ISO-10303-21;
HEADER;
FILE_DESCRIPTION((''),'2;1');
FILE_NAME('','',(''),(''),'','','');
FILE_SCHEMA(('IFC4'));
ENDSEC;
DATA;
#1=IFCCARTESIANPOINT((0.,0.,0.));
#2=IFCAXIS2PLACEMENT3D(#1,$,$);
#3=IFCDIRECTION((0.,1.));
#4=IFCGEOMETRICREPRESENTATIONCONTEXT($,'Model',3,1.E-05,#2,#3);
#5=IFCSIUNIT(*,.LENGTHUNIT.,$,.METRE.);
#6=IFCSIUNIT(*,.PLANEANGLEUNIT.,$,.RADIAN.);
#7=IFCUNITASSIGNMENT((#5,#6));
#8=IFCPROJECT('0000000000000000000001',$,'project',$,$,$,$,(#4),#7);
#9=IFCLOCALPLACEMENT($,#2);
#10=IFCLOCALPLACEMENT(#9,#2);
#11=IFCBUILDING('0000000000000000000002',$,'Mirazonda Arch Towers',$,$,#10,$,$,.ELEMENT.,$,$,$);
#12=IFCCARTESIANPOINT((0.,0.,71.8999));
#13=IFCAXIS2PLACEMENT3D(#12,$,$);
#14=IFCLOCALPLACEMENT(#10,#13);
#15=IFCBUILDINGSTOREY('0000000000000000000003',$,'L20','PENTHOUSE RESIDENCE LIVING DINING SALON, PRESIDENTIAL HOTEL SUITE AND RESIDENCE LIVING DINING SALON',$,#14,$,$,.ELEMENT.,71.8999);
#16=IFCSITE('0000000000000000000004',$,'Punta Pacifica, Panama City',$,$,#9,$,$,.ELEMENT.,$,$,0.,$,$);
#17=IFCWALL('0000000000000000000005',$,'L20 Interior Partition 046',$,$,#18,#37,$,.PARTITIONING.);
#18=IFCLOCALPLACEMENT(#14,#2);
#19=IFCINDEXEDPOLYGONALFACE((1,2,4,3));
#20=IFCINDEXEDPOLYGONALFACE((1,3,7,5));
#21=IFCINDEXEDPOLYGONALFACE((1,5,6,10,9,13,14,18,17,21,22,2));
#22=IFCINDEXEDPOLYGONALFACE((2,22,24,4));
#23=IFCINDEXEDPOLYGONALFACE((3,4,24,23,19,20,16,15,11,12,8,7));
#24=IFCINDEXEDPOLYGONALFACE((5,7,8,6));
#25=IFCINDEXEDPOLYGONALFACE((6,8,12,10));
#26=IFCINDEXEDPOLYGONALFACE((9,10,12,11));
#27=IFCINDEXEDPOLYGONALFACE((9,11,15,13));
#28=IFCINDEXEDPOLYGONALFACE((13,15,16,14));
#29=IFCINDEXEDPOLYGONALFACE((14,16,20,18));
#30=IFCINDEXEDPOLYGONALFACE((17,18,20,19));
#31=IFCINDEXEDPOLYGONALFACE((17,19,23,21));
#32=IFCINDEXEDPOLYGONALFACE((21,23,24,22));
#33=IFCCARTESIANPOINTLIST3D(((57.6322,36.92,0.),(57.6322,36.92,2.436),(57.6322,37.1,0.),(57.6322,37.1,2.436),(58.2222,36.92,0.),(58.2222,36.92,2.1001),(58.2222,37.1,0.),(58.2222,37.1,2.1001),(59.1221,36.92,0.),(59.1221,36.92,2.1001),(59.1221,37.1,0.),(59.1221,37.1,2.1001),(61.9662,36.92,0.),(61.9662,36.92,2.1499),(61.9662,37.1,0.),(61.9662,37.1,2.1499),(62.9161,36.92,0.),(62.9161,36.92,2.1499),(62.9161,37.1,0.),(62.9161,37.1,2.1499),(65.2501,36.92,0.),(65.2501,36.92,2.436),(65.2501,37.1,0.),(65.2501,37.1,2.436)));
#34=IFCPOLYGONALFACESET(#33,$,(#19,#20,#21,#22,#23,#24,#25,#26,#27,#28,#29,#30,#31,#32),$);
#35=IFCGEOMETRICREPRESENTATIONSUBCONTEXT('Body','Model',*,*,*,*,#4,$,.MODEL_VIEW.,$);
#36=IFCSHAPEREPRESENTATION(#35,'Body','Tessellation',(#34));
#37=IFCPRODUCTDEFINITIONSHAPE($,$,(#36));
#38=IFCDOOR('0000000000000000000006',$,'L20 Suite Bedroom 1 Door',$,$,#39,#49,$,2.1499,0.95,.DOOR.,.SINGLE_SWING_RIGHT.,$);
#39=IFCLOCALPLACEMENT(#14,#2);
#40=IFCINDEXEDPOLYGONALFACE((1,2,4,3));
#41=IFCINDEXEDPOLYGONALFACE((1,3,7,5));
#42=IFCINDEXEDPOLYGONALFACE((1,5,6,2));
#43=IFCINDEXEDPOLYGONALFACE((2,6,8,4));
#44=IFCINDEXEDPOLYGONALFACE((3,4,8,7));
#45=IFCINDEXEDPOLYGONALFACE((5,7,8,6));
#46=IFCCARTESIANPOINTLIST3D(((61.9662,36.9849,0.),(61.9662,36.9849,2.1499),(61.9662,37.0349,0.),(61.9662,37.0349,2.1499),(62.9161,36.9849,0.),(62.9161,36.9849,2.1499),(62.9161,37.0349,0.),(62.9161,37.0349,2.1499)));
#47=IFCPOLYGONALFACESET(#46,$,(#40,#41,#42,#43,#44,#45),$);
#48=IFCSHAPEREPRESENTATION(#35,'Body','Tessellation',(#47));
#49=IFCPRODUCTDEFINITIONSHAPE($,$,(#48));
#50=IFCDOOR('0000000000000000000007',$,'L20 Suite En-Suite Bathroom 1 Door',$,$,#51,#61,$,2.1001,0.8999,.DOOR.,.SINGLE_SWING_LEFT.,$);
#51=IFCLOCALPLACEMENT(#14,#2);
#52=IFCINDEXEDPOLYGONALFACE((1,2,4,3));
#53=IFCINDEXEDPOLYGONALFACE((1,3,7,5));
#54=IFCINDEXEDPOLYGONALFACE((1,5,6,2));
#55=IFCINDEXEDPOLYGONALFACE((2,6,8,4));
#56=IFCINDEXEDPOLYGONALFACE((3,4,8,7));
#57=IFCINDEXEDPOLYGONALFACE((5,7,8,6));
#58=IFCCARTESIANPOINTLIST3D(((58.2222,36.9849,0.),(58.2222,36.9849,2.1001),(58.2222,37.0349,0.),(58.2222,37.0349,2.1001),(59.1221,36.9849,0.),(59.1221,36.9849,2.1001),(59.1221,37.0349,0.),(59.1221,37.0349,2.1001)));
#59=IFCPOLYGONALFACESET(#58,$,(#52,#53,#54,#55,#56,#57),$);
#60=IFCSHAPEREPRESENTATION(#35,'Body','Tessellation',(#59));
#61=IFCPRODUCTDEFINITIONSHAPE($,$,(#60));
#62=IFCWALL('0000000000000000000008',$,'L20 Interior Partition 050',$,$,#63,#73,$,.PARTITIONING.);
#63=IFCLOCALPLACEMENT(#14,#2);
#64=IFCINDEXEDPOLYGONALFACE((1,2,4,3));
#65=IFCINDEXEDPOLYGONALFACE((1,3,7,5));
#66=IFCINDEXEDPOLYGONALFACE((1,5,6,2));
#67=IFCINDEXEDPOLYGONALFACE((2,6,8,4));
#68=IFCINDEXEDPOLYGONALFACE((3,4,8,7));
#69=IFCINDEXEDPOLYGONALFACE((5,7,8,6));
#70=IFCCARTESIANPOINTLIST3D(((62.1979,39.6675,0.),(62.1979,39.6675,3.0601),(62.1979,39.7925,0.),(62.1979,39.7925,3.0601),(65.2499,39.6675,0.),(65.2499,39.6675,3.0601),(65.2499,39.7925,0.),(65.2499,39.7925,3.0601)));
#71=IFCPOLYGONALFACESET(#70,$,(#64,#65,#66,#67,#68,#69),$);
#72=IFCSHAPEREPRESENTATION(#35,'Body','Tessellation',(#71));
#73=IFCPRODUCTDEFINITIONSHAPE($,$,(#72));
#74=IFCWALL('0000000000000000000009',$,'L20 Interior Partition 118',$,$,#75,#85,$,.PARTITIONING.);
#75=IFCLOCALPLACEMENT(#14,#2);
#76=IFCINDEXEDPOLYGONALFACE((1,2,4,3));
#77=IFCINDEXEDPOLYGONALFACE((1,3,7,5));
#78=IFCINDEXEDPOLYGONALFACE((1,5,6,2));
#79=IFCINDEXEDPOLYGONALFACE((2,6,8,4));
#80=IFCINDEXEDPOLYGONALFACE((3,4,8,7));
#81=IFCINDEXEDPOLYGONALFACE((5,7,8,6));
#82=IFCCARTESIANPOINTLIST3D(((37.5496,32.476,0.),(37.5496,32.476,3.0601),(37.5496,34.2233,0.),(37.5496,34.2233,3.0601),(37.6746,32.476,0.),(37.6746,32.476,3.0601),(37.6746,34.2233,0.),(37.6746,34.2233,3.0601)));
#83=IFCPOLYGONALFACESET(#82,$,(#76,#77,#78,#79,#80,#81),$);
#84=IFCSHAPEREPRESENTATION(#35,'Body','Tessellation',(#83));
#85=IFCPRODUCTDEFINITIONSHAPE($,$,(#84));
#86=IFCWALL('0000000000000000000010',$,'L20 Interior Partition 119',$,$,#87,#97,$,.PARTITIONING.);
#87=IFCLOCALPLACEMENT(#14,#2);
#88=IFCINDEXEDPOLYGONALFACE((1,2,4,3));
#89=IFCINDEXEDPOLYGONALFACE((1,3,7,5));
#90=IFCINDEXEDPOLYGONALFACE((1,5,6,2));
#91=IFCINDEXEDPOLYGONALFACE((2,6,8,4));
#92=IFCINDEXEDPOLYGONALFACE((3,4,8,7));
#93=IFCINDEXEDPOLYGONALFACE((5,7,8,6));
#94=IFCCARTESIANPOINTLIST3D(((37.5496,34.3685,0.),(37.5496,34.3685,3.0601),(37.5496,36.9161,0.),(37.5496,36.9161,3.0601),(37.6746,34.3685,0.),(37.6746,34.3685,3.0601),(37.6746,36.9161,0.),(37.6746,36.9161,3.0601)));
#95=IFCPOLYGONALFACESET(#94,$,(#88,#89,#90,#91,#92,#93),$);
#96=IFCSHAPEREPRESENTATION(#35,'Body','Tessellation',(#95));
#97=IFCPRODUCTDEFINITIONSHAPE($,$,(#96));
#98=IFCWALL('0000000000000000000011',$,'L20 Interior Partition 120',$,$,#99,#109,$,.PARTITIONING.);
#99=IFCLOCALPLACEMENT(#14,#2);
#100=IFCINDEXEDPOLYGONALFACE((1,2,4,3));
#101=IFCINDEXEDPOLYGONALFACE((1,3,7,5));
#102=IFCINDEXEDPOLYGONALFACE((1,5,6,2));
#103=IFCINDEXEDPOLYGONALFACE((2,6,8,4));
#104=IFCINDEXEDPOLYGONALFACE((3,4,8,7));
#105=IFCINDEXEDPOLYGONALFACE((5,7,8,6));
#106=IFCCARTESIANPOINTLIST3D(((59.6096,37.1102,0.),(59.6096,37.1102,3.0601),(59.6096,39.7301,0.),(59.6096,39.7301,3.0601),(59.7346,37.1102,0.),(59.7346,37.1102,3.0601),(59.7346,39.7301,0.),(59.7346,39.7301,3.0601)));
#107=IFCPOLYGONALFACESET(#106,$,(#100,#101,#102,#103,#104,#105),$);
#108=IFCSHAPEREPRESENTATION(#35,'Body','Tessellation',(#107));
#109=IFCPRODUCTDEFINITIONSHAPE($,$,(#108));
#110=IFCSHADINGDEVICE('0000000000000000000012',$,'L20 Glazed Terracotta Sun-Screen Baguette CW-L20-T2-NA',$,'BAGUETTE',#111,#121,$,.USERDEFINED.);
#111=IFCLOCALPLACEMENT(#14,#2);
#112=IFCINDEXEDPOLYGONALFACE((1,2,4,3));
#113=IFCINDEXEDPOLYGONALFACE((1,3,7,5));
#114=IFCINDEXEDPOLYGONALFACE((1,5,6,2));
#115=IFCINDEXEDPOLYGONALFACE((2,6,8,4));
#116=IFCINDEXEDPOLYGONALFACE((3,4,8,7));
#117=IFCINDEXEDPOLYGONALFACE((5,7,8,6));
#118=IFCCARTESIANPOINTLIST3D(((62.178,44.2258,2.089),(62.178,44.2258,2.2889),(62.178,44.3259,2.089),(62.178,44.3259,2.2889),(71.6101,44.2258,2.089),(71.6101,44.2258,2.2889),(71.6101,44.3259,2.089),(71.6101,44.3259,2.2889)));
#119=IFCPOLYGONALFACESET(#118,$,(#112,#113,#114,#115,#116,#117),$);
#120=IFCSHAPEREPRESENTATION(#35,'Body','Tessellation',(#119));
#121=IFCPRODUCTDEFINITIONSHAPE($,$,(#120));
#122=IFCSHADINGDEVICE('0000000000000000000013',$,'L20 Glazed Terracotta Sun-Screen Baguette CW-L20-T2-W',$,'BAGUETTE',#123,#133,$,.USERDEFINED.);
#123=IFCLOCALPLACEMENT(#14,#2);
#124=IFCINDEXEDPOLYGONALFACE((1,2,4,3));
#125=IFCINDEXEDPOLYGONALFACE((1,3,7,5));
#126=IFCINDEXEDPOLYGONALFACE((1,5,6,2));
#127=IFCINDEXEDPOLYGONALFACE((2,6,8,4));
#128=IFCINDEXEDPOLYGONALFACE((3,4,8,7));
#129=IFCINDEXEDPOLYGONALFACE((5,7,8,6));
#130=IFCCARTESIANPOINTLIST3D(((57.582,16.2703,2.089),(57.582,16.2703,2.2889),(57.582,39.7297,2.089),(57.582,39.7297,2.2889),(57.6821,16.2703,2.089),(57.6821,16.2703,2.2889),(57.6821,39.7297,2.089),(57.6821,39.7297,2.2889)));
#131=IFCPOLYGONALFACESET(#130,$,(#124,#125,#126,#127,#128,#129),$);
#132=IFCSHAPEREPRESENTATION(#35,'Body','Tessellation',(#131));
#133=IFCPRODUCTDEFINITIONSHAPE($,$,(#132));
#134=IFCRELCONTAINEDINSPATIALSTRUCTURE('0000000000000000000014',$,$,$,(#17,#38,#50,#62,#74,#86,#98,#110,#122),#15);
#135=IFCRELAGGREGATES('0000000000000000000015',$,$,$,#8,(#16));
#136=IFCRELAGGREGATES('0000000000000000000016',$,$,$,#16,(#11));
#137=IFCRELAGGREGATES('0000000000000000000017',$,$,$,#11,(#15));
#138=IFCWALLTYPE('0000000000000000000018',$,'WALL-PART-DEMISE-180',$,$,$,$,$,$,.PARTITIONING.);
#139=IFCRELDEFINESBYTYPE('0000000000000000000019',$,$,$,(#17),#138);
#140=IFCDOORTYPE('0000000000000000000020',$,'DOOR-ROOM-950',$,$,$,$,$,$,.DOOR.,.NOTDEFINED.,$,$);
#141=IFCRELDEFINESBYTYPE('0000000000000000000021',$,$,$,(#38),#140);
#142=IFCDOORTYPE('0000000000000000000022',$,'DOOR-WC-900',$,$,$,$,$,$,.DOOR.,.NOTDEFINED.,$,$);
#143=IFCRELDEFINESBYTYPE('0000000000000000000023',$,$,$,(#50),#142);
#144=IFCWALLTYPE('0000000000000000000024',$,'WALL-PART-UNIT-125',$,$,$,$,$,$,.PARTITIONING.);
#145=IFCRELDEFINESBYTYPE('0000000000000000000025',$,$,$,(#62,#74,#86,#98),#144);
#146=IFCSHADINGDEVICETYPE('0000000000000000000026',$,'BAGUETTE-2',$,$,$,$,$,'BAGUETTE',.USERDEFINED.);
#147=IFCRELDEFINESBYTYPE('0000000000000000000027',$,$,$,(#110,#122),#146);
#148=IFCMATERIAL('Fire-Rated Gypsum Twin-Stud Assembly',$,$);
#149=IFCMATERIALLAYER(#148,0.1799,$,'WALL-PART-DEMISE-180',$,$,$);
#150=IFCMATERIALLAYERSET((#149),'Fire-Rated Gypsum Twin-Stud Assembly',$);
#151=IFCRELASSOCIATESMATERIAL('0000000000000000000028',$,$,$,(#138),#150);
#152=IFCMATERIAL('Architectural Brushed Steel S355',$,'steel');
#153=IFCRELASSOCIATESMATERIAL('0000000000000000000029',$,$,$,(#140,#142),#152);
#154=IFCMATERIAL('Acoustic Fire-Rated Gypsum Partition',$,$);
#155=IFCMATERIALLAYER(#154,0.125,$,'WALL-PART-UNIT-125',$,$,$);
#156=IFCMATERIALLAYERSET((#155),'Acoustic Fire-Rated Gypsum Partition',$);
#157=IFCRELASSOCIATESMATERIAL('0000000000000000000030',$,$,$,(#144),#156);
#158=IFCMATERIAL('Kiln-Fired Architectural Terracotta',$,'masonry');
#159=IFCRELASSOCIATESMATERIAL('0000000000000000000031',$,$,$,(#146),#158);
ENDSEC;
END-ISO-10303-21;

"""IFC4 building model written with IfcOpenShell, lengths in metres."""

from ifc_helpers import new_model, si_unit, direction, frame, frame_2d, origin, origin_2d, place, context, subcontext, project, spatial, rectangle, extrude, material, layer, layer_set, material_profile, profile_set, type_object, element, fill, save


model = new_model("IFC4")

# Units and contexts
model_context = context("Model", 3, precision=1e-05, world=origin(), true_north=direction((0.0, 1.0)))
body_context = subcontext(model_context, "Body", "Model", "MODEL_VIEW")
ifc_project = project(units=[si_unit("LENGTHUNIT", "METRE"), si_unit("PLANEANGLEUNIT", "RADIAN")], contexts=[model_context])

# Site, building, storey
site_placement = place(None, origin())
site = spatial("IfcSite", under=ifc_project, at=site_placement, Name="Punta Pacifica, Panama City", CompositionType="ELEMENT", RefElevation=0.0)
building_placement = place(site_placement, origin())
building = spatial("IfcBuilding", under=site, at=building_placement, Name="Mirazonda Arch Towers", CompositionType="ELEMENT")
storey_placement = place(building_placement, frame((0.0, 0.0, 71.8999)))
storey = spatial("IfcBuildingStorey", under=building, at=storey_placement, Name="L20", Description="PENTHOUSE RESIDENCE LIVING DINING SALON, PRESIDENTIAL HOTEL SUITE AND RESIDENCE LIVING DINING SALON", CompositionType="ELEMENT", Elevation=71.8999)

# Wall, openings, doors
ifc_material_1 = material(Name="Fire-Rated Gypsum Twin-Stud Assembly")
ifc_layer_1 = layer(ifc_material_1, 0.1799, Name="WALL-PART-DEMISE-180")
ifc_layer_set_1 = layer_set([ifc_layer_1], Name="Fire-Rated Gypsum Twin-Stud Assembly")
wall_type_1 = type_object("IfcWallType", Name="WALL-PART-DEMISE-180", PredefinedType="PARTITIONING", material=ifc_layer_set_1)
wall_1_placement = place(storey_placement, frame((57.6321, 37.01, 0.0), z_axis=(0.0, 0.0, 1.0), x_axis=(1.0, 0.0, 0.0)))
wall_1 = element("IfcWall", 1, at=wall_1_placement, inside=storey, type_object=wall_type_1, Name="L20 Interior Partition 046", PredefinedType="PARTITIONING", context=body_context, shape_type="SweptSolid", body=[
    extrude(rectangle(XDim=7.6179, YDim=0.1799, at=frame_2d((3.8091, 0.0))), origin(), (0.0, 0.0, 1.0), 2.436),
])
opening_1_placement = place(wall_1_placement, frame((4.334, 0.0, 0.0)))
opening_1 = element("IfcOpeningElement", 2, at=opening_1_placement, cuts=wall_1, PredefinedType="OPENING", context=body_context, shape_type="SweptSolid", body=[
    extrude(rectangle(XDim=0.95, YDim=2.1499, at=frame_2d((0.4751, 1.075))), frame((0.0, 0.0999, 0.0), z_axis=(0.0, -1.0, 0.0), x_axis=(1.0, 0.0, 0.0)), (0.0, 0.0, 1.0), 0.2),
])
opening_2_placement = place(wall_1_placement, frame((0.5901, 0.0, 0.0)))
opening_2 = element("IfcOpeningElement", 3, at=opening_2_placement, cuts=wall_1, PredefinedType="OPENING", context=body_context, shape_type="SweptSolid", body=[
    extrude(rectangle(XDim=0.8999, YDim=2.1001, at=frame_2d((0.45, 1.05))), frame((0.0, 0.0999, 0.0), z_axis=(0.0, -1.0, 0.0), x_axis=(1.0, 0.0, 0.0)), (0.0, 0.0, 1.0), 0.2),
])
ifc_material_2 = material(Name="Architectural Brushed Steel S355", Category="steel")
door_type_1 = type_object("IfcDoorType", Name="DOOR-ROOM-950", OperationType="NOTDEFINED", PredefinedType="DOOR", material=ifc_material_2)
door_1_placement = place(opening_1_placement, origin())
door_1 = element("IfcDoor", 4, at=door_1_placement, inside=storey, type_object=door_type_1, Name="L20 Suite Bedroom 1 Door", OperationType="SINGLE_SWING_RIGHT", OverallHeight=2.1499, OverallWidth=0.95, PredefinedType="DOOR", context=body_context, shape_type="SweptSolid", body=[
    extrude(rectangle(XDim=0.95, YDim=2.1499, at=frame_2d((0.4751, 1.075))), frame((0.0, 0.0249, 0.0), z_axis=(0.0, -1.0, 0.0), x_axis=(1.0, 0.0, 0.0)), (0.0, 0.0, 1.0), 0.05),
])
fill(opening_1, door_1)
door_type_2 = type_object("IfcDoorType", Name="DOOR-WC-900", OperationType="NOTDEFINED", PredefinedType="DOOR", material=ifc_material_2)
door_2_placement = place(opening_2_placement, origin())
door_2 = element("IfcDoor", 5, at=door_2_placement, inside=storey, type_object=door_type_2, Name="L20 Suite En-Suite Bathroom 1 Door", OperationType="SINGLE_SWING_LEFT", OverallHeight=2.1001, OverallWidth=0.8999, PredefinedType="DOOR", context=body_context, shape_type="SweptSolid", body=[
    extrude(rectangle(XDim=0.8999, YDim=2.1001, at=frame_2d((0.45, 1.05))), frame((0.0, 0.0249, 0.0), z_axis=(0.0, -1.0, 0.0), x_axis=(1.0, 0.0, 0.0)), (0.0, 0.0, 1.0), 0.05),
])
fill(opening_2, door_2)

# Walls
ifc_material_3 = material(Name="Acoustic Fire-Rated Gypsum Partition")
ifc_layer_2 = layer(ifc_material_3, 0.125, Name="WALL-PART-UNIT-125")
ifc_layer_set_2 = layer_set([ifc_layer_2], Name="Acoustic Fire-Rated Gypsum Partition")
wall_type_2 = type_object("IfcWallType", Name="WALL-PART-UNIT-125", PredefinedType="PARTITIONING", material=ifc_layer_set_2)
wall_2_placement = place(storey_placement, frame((62.198, 39.73, 0.0), z_axis=(0.0, 0.0, 1.0), x_axis=(1.0, 0.0, 0.0)))
element("IfcWall", 6, at=wall_2_placement, inside=storey, type_object=wall_type_2, Name="L20 Interior Partition 050", PredefinedType="PARTITIONING", context=body_context, shape_type="SweptSolid", body=[
    extrude(rectangle(XDim=3.052, YDim=0.125, at=frame_2d((1.5259, 0.0))), origin(), (0.0, 0.0, 1.0), 3.0601),
])
wall_3_placement = place(storey_placement, frame((37.6121, 32.4761, 0.0), z_axis=(0.0, 0.0, 1.0), x_axis=(0.0, 1.0, 0.0)))
element("IfcWall", 7, at=wall_3_placement, inside=storey, type_object=wall_type_2, Name="L20 Interior Partition 118", PredefinedType="PARTITIONING", context=body_context, shape_type="SweptSolid", body=[
    extrude(rectangle(XDim=1.7473, YDim=0.125, at=frame_2d((0.8735, 0.0))), origin(), (0.0, 0.0, 1.0), 3.0601),
])
wall_4_placement = place(storey_placement, frame((37.6121, 34.3684, 0.0), z_axis=(0.0, 0.0, 1.0), x_axis=(0.0, 1.0, 0.0)))
element("IfcWall", 8, at=wall_4_placement, inside=storey, type_object=wall_type_2, Name="L20 Interior Partition 119", PredefinedType="PARTITIONING", context=body_context, shape_type="SweptSolid", body=[
    extrude(rectangle(XDim=2.5476, YDim=0.125, at=frame_2d((1.2739, 0.0))), origin(), (0.0, 0.0, 1.0), 3.0601),
])
wall_5_placement = place(storey_placement, frame((59.6721, 37.1101, 0.0), z_axis=(0.0, 0.0, 1.0), x_axis=(0.0, 1.0, 0.0)))
element("IfcWall", 9, at=wall_5_placement, inside=storey, type_object=wall_type_2, Name="L20 Interior Partition 120", PredefinedType="PARTITIONING", context=body_context, shape_type="SweptSolid", body=[
    extrude(rectangle(XDim=2.6199, YDim=0.125, at=frame_2d((1.3101, 0.0))), origin(), (0.0, 0.0, 1.0), 3.0601),
])

# Shading devices
ifc_material_4 = material(Name="Kiln-Fired Architectural Terracotta", Category="masonry")
ifc_material_profile_1 = material_profile(ifc_material_4, rectangle(XDim=0.1001, YDim=0.2, at=origin_2d()), Name="TERRA-BAG-100x200")
ifc_profile_set_1 = profile_set([ifc_material_profile_1], Name="Kiln-Fired Architectural Terracotta")
shading_device_type = type_object("IfcShadingDeviceType", Name="BAGUETTE-2", ElementType="BAGUETTE", PredefinedType="USERDEFINED", material=ifc_profile_set_1)
shading_device_1_placement = place(storey_placement, frame((62.178, 44.2759, 2.189), z_axis=(1.0, 0.0, 0.0), x_axis=(0.0, 1.0, 0.0)))
element("IfcShadingDevice", 10, at=shading_device_1_placement, inside=storey, type_object=shading_device_type, Name="L20 Glazed Terracotta Sun-Screen Baguette CW-L20-T2-NA", ObjectType="BAGUETTE", PredefinedType="USERDEFINED", context=body_context, shape_type="SweptSolid", body=[
    extrude(rectangle(XDim=0.1001, YDim=0.2, at=origin_2d()), origin(), (0.0, 0.0, 1.0), 9.4321),
])
shading_device_2_placement = place(storey_placement, frame((57.6321, 39.7297, 2.189), z_axis=(0.0, -1.0, 0.0), x_axis=(1.0, 0.0, 0.0)))
element("IfcShadingDevice", 11, at=shading_device_2_placement, inside=storey, type_object=shading_device_type, Name="L20 Glazed Terracotta Sun-Screen Baguette CW-L20-T2-W", ObjectType="BAGUETTE", PredefinedType="USERDEFINED", context=body_context, shape_type="SweptSolid", body=[
    extrude(rectangle(XDim=0.1001, YDim=0.2, at=origin_2d()), origin(), (0.0, 0.0, 1.0), 23.4595),
])

save(model, "model.ifc")
